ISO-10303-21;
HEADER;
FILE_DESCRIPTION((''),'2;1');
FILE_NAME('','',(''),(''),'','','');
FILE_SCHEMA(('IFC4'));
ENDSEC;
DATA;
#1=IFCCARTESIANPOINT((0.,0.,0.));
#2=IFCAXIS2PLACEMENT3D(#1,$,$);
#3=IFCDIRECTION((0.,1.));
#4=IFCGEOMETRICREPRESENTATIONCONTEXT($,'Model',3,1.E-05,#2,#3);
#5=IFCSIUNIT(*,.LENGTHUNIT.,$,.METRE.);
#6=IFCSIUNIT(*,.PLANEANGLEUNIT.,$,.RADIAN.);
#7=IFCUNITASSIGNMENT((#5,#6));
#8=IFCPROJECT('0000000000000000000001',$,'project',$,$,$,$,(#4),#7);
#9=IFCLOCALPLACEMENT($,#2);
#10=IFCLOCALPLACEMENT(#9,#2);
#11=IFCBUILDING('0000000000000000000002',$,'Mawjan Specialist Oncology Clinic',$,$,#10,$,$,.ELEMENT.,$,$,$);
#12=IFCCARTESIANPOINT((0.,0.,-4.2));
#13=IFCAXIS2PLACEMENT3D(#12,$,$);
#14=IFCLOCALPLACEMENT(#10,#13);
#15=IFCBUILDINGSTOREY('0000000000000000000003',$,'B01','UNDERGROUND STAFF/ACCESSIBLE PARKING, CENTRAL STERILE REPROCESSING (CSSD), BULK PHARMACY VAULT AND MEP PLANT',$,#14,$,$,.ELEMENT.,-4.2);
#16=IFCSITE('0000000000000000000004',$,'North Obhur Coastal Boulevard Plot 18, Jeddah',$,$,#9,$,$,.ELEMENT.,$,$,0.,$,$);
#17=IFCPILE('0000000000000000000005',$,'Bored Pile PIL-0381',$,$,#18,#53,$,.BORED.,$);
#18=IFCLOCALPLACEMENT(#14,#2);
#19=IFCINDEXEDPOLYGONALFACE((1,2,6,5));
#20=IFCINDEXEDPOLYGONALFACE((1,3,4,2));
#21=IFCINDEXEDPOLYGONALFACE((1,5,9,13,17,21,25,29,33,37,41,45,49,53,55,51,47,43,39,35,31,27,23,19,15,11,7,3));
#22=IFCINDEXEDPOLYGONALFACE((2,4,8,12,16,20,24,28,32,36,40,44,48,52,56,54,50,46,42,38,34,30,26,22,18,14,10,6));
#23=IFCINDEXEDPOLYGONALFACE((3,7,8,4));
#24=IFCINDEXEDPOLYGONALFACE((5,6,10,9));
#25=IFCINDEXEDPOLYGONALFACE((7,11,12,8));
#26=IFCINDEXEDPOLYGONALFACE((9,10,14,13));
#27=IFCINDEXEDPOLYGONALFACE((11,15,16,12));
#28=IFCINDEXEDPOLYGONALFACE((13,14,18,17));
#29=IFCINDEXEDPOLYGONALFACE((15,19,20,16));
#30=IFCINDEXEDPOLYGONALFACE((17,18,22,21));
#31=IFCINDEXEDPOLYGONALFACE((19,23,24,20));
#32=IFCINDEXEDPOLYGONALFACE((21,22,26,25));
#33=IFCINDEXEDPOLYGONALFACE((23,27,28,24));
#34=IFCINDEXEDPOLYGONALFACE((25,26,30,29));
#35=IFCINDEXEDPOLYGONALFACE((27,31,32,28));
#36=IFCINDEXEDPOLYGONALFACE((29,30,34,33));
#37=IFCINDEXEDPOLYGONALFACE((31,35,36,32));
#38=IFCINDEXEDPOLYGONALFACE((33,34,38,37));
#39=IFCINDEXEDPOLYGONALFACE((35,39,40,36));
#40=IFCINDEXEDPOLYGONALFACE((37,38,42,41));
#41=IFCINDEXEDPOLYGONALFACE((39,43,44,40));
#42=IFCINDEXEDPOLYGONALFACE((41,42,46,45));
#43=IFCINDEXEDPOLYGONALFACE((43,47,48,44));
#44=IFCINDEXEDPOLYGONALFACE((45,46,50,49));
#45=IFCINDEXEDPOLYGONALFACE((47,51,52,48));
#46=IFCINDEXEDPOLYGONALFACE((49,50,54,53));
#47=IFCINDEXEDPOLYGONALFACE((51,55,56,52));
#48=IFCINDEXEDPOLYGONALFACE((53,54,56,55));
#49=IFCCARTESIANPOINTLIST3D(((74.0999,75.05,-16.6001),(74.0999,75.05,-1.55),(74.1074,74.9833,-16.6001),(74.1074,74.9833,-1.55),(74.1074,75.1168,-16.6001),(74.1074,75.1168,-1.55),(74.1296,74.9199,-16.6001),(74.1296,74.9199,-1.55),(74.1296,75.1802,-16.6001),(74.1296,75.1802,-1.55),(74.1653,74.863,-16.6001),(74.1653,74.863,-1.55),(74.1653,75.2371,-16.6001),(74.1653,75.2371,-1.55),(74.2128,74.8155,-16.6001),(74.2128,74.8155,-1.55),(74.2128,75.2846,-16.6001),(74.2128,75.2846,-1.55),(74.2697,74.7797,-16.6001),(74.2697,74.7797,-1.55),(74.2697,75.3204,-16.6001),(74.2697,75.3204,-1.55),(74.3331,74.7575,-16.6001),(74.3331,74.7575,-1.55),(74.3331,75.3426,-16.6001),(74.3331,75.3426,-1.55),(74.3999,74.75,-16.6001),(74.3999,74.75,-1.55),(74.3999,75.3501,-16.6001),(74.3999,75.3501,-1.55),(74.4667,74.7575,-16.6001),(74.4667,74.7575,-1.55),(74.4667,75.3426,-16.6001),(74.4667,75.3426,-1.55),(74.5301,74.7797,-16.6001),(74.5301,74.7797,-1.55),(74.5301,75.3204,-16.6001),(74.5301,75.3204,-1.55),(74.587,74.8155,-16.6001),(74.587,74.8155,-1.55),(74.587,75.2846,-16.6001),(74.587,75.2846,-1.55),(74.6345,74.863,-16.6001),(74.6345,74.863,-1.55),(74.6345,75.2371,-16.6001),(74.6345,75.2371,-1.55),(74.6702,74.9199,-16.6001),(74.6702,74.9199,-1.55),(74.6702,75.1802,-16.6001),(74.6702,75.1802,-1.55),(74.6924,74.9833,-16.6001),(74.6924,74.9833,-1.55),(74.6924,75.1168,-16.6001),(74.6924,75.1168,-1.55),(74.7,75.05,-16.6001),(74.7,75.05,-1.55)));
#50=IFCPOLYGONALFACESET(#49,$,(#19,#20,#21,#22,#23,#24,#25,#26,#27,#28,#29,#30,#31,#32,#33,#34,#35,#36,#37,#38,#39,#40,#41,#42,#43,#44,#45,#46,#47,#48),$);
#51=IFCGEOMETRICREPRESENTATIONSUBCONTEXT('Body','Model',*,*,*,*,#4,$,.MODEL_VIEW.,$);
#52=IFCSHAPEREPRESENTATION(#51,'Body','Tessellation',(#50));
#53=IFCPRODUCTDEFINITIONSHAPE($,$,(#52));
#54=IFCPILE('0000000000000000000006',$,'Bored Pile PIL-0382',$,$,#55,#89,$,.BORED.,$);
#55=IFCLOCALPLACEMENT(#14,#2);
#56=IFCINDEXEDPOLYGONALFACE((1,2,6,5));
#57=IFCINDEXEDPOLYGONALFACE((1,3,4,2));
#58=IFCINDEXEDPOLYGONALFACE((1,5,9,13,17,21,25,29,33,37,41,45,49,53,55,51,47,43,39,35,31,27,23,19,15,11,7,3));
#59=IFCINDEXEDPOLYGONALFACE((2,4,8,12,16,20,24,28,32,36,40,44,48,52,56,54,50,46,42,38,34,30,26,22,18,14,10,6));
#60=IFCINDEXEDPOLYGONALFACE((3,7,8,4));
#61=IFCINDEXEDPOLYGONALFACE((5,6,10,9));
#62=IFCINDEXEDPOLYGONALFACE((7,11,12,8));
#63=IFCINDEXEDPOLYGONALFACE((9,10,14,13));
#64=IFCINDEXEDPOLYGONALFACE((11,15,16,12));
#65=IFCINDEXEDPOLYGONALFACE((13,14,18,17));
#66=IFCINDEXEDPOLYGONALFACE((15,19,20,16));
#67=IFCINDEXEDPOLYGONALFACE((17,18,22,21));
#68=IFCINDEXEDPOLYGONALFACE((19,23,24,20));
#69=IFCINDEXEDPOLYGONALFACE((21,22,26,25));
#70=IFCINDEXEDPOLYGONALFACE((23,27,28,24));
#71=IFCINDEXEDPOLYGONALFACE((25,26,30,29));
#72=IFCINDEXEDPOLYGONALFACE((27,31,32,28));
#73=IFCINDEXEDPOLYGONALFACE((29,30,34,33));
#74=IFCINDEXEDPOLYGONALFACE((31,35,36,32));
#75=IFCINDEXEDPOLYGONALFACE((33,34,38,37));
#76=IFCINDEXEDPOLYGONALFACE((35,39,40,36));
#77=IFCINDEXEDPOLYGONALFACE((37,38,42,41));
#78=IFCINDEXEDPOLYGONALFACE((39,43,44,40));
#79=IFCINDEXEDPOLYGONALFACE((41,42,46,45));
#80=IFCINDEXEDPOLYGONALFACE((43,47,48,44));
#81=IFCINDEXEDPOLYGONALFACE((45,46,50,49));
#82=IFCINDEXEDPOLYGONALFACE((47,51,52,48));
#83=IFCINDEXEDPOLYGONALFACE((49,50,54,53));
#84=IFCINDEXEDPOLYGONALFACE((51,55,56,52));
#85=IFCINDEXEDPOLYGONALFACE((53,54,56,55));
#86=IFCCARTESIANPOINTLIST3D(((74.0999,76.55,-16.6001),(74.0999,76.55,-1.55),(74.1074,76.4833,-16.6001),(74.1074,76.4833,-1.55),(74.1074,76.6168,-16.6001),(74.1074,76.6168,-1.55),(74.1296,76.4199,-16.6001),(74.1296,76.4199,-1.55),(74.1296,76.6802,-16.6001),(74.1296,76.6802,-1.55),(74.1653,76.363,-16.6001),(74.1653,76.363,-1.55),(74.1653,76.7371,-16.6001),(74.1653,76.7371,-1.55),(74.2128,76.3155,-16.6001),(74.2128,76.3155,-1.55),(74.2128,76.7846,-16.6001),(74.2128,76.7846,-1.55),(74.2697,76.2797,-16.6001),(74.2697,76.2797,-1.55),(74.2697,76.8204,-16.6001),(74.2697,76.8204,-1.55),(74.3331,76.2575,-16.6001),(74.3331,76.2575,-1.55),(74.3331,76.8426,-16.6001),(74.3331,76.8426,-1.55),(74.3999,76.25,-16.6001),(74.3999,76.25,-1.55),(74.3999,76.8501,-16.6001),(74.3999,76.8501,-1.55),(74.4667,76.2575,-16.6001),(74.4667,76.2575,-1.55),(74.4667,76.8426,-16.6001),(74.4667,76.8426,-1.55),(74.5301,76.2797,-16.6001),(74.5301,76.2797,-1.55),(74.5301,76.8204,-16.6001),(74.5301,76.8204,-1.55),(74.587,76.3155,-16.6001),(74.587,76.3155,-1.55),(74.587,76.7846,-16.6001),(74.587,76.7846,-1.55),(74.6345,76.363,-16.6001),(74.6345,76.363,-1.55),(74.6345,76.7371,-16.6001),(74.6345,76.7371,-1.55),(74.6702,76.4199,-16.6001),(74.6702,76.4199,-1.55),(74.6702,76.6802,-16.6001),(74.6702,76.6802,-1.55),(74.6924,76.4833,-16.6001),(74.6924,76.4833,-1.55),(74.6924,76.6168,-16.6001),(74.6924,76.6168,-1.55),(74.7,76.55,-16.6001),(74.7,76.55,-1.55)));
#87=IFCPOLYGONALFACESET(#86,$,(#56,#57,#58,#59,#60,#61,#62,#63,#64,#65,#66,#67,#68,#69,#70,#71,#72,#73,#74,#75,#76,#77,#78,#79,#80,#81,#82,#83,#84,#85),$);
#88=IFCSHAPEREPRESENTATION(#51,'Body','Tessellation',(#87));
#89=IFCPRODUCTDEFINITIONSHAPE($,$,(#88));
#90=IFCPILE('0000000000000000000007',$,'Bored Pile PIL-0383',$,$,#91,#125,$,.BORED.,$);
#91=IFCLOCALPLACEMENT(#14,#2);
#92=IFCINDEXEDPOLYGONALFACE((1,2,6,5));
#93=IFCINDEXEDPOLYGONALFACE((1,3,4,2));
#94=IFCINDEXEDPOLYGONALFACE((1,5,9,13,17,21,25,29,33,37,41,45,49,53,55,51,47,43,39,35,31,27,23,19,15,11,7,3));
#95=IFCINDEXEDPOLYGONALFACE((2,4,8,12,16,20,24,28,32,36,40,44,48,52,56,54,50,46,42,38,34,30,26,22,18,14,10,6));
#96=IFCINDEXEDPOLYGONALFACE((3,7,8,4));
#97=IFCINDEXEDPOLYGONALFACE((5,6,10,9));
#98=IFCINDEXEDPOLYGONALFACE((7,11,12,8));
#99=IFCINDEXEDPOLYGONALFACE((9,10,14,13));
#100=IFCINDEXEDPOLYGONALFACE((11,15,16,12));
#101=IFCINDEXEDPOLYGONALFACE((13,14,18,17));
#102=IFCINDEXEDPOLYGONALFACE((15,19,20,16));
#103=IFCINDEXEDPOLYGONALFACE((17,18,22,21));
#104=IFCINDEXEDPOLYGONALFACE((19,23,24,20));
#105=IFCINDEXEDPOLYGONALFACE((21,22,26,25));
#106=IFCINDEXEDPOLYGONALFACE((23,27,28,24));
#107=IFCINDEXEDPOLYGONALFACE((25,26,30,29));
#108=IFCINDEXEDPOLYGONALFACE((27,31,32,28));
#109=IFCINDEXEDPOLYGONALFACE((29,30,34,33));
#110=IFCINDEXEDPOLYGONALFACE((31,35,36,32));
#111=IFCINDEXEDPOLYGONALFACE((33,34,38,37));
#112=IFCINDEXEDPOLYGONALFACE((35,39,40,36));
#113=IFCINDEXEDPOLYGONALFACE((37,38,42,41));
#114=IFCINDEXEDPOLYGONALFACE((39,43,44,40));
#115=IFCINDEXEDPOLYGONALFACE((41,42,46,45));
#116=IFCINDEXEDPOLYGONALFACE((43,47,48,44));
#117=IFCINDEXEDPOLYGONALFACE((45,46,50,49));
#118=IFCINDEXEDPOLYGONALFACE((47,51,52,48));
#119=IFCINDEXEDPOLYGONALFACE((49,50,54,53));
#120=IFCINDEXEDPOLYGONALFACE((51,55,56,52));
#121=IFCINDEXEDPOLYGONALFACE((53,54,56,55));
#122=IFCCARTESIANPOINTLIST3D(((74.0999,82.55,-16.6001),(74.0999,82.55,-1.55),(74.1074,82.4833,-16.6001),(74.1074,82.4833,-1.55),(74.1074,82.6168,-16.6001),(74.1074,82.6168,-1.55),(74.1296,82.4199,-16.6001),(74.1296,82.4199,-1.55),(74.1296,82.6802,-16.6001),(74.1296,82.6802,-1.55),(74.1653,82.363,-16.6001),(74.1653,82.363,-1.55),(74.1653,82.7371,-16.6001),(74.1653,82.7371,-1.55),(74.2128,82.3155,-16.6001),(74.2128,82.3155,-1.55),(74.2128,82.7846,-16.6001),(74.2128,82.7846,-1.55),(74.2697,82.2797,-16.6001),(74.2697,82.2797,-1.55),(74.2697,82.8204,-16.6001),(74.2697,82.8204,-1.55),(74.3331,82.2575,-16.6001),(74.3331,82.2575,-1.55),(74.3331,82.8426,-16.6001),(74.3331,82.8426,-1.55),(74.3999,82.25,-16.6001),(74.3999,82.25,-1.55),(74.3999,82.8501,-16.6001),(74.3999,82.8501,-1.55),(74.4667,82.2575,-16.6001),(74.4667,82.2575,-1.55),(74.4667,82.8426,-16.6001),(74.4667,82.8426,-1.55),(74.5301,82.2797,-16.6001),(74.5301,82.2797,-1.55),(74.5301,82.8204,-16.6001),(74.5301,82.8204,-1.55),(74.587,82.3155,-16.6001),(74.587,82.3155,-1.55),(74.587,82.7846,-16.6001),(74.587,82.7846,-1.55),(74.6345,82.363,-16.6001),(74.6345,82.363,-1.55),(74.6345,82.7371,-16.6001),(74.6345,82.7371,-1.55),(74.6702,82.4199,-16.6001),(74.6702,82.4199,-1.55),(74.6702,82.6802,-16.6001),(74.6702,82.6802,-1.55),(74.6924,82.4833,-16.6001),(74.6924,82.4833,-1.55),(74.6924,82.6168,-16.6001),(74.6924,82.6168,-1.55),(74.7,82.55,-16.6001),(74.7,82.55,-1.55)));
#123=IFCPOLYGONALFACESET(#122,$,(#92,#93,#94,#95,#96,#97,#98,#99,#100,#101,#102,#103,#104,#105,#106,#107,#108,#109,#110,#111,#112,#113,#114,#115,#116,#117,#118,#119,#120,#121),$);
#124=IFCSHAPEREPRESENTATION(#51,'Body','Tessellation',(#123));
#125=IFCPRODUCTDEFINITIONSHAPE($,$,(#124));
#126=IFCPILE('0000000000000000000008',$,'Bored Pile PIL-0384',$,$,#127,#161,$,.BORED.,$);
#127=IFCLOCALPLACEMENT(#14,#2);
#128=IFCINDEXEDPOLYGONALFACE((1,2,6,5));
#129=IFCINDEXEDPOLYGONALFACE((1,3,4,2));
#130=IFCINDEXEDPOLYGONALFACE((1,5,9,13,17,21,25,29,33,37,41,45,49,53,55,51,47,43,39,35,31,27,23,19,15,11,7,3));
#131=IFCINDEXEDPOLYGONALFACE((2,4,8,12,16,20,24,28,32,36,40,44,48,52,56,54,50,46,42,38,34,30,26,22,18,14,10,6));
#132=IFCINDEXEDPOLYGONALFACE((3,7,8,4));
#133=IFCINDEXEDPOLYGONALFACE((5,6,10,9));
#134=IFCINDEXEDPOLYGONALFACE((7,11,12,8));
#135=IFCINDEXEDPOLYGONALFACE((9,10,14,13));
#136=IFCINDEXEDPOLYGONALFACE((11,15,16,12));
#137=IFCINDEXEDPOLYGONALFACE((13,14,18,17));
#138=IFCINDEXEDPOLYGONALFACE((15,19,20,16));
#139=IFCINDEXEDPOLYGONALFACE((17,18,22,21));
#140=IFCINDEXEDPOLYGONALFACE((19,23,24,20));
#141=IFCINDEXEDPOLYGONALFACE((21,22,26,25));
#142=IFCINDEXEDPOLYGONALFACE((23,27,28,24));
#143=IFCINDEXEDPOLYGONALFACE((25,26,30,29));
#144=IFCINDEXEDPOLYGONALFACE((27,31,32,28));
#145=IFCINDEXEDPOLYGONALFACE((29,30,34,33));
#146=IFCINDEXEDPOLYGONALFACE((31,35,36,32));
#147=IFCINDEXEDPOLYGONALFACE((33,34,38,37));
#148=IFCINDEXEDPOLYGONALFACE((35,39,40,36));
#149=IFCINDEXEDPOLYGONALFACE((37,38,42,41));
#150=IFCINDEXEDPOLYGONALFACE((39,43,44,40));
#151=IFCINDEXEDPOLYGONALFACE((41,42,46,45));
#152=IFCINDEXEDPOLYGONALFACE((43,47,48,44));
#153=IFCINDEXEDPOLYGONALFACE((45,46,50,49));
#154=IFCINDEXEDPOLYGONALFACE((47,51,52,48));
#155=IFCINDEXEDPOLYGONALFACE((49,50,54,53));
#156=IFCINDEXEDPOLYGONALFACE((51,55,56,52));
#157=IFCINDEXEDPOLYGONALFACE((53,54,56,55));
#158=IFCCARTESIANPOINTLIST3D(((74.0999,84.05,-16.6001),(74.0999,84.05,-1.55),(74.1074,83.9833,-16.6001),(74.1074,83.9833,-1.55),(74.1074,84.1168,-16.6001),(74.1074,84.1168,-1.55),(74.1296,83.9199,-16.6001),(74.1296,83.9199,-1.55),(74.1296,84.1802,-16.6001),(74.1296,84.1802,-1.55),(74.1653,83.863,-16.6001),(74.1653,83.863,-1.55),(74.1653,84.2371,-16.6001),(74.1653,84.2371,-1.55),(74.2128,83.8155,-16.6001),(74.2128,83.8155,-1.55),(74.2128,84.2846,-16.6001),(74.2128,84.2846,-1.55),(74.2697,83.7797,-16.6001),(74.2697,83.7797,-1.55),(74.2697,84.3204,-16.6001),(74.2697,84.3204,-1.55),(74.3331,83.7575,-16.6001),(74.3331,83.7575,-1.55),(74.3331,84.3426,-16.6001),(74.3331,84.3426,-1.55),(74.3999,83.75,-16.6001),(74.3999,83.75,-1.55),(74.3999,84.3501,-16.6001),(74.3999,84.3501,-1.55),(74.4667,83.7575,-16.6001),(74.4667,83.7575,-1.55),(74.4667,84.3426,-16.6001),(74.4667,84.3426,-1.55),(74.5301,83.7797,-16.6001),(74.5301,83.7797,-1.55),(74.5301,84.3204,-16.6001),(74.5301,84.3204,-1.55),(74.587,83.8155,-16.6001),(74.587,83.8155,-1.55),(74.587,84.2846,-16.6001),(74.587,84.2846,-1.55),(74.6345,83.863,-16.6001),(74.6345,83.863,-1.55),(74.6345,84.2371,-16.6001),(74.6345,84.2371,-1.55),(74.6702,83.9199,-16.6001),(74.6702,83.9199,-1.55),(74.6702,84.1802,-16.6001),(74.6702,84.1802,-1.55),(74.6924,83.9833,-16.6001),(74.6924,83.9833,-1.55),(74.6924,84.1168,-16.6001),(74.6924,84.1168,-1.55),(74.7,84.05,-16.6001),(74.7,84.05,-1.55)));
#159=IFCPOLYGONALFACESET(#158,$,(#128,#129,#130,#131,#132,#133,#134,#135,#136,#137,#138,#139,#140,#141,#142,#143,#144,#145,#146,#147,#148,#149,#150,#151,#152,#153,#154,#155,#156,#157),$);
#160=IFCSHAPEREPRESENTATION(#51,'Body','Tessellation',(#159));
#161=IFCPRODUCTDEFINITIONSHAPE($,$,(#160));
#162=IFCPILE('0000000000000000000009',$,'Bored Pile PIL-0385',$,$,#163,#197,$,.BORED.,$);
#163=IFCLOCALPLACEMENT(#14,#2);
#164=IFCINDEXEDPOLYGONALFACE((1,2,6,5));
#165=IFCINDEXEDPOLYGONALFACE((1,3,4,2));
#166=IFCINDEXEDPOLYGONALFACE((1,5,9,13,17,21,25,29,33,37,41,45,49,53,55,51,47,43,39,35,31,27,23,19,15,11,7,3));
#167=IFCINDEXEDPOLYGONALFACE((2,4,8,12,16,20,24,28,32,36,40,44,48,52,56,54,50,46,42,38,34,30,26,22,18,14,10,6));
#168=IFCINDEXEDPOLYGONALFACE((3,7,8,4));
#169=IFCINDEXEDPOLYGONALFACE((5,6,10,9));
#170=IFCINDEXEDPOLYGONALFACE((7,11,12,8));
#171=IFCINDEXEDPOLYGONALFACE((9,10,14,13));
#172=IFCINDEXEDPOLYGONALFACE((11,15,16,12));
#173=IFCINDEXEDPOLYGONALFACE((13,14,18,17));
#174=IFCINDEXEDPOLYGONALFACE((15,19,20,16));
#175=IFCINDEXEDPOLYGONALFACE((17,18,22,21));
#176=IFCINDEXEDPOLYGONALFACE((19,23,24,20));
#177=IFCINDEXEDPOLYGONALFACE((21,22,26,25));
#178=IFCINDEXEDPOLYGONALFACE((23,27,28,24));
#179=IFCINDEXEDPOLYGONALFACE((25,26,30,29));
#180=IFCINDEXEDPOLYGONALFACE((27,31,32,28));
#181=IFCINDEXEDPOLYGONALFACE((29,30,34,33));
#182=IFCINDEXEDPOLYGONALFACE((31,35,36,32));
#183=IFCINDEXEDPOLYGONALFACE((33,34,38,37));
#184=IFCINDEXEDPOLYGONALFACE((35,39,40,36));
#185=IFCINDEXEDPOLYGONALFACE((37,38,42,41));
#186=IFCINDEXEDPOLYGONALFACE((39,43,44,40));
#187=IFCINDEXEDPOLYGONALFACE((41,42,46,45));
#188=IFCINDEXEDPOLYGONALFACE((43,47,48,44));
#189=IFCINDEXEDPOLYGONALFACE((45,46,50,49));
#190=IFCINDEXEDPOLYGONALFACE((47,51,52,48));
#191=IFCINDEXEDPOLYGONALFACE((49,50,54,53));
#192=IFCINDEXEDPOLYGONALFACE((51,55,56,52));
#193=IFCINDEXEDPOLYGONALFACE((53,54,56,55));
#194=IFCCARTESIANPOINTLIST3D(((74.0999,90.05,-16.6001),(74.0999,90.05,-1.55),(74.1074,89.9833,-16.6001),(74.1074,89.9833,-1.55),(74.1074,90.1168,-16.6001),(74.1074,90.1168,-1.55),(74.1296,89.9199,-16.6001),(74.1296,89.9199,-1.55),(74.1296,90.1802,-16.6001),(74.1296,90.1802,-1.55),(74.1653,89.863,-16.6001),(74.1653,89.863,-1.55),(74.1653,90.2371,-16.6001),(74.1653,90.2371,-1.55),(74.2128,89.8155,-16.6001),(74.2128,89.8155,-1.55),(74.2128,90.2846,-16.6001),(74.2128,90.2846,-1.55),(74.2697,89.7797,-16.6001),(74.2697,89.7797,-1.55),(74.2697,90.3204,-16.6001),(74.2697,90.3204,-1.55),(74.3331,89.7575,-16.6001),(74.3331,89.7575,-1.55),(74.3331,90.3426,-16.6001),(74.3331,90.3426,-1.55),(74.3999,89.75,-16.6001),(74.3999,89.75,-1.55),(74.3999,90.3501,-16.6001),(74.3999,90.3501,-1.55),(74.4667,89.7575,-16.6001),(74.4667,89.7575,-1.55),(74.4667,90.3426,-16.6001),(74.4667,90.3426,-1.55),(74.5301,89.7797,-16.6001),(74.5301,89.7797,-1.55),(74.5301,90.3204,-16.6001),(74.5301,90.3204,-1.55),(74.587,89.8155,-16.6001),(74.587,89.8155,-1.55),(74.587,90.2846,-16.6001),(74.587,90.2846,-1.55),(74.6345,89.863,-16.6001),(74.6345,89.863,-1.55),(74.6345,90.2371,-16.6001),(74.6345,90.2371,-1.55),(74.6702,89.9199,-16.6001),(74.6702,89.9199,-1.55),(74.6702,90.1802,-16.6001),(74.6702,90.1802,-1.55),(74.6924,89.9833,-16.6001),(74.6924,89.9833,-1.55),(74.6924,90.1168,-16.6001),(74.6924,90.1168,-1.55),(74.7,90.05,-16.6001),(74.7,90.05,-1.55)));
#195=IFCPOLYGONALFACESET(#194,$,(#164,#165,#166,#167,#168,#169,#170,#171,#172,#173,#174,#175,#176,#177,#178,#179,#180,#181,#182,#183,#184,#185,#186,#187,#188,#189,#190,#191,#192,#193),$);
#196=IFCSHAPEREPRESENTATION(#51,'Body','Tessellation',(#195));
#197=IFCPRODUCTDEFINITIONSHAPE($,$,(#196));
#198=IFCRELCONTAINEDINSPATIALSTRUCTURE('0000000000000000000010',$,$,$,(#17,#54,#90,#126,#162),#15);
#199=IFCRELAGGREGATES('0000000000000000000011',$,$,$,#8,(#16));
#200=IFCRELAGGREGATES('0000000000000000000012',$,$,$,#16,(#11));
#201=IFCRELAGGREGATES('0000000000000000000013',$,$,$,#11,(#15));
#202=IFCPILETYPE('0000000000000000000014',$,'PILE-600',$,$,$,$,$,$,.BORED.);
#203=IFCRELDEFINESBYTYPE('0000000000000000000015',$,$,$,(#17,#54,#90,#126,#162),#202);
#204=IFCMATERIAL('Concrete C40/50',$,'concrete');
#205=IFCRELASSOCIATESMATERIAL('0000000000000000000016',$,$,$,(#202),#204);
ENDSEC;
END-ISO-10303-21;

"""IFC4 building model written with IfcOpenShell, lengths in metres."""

from ifc_helpers import new_model, si_unit, direction, frame, origin, origin_2d, place, context, subcontext, project, spatial, circle, extrude, material, material_profile, profile_set, type_object, element, save


model = new_model("IFC4")

# Units and contexts
model_context = context("Model", 3, precision=1e-05, world=origin(), true_north=direction((0.0, 1.0)))
body_context = subcontext(model_context, "Body", "Model", "MODEL_VIEW")
ifc_project = project(units=[si_unit("LENGTHUNIT", "METRE"), si_unit("PLANEANGLEUNIT", "RADIAN")], contexts=[model_context])

# Site, building, storey
site_placement = place(None, origin())
site = spatial("IfcSite", under=ifc_project, at=site_placement, Name="North Obhur Coastal Boulevard Plot 18, Jeddah", CompositionType="ELEMENT", RefElevation=0.0)
building_placement = place(site_placement, origin())
building = spatial("IfcBuilding", under=site, at=building_placement, Name="Mawjan Specialist Oncology Clinic", CompositionType="ELEMENT")
storey_placement = place(building_placement, frame((0.0, 0.0, -4.2)))
storey = spatial("IfcBuildingStorey", under=building, at=storey_placement, Name="B01", Description="UNDERGROUND STAFF/ACCESSIBLE PARKING, CENTRAL STERILE REPROCESSING (CSSD), BULK PHARMACY VAULT AND MEP PLANT", CompositionType="ELEMENT", Elevation=-4.2)

# Piles
ifc_material_1 = material(Name="Concrete C40/50", Category="concrete")
ifc_material_profile_1 = material_profile(ifc_material_1, circle(Radius=0.3, at=origin_2d()), Name="BORED PILE D600", Category="concrete")
ifc_profile_set_1 = profile_set([ifc_material_profile_1], Name="Concrete C40/50")
pile_type = type_object("IfcPileType", Name="PILE-600", PredefinedType="BORED", material=ifc_profile_set_1)
for number, where, z_axis, x_axis, name in (
    (1, (74.3999, 75.05, -1.55), (0.0, 0.0, -1.0), (1.0, 0.0, 0.0), "Bored Pile PIL-0381"),
    (2, (74.3999, 76.55, -1.55), (0.0, 0.0, -1.0), (1.0, 0.0, 0.0), "Bored Pile PIL-0382"),
    (3, (74.3999, 82.55, -1.55), (0.0, 0.0, -1.0), (1.0, 0.0, 0.0), "Bored Pile PIL-0383"),
    (4, (74.3999, 84.05, -1.55), (0.0, 0.0, -1.0), (1.0, 0.0, 0.0), "Bored Pile PIL-0384"),
    (5, (74.3999, 90.05, -1.55), (0.0, 0.0, -1.0), (1.0, 0.0, 0.0), "Bored Pile PIL-0385"),
):
    element("IfcPile", number, at=place(storey_placement, frame(where, z_axis=z_axis, x_axis=x_axis)), inside=storey, type_object=pile_type, Name=name, PredefinedType="BORED", context=body_context, shape_type="SweptSolid", body=[
        extrude(circle(Radius=0.3, at=origin_2d()), origin(), (0.0, 0.0, 1.0), 15.05),
    ])

save(model, "model.ifc")
